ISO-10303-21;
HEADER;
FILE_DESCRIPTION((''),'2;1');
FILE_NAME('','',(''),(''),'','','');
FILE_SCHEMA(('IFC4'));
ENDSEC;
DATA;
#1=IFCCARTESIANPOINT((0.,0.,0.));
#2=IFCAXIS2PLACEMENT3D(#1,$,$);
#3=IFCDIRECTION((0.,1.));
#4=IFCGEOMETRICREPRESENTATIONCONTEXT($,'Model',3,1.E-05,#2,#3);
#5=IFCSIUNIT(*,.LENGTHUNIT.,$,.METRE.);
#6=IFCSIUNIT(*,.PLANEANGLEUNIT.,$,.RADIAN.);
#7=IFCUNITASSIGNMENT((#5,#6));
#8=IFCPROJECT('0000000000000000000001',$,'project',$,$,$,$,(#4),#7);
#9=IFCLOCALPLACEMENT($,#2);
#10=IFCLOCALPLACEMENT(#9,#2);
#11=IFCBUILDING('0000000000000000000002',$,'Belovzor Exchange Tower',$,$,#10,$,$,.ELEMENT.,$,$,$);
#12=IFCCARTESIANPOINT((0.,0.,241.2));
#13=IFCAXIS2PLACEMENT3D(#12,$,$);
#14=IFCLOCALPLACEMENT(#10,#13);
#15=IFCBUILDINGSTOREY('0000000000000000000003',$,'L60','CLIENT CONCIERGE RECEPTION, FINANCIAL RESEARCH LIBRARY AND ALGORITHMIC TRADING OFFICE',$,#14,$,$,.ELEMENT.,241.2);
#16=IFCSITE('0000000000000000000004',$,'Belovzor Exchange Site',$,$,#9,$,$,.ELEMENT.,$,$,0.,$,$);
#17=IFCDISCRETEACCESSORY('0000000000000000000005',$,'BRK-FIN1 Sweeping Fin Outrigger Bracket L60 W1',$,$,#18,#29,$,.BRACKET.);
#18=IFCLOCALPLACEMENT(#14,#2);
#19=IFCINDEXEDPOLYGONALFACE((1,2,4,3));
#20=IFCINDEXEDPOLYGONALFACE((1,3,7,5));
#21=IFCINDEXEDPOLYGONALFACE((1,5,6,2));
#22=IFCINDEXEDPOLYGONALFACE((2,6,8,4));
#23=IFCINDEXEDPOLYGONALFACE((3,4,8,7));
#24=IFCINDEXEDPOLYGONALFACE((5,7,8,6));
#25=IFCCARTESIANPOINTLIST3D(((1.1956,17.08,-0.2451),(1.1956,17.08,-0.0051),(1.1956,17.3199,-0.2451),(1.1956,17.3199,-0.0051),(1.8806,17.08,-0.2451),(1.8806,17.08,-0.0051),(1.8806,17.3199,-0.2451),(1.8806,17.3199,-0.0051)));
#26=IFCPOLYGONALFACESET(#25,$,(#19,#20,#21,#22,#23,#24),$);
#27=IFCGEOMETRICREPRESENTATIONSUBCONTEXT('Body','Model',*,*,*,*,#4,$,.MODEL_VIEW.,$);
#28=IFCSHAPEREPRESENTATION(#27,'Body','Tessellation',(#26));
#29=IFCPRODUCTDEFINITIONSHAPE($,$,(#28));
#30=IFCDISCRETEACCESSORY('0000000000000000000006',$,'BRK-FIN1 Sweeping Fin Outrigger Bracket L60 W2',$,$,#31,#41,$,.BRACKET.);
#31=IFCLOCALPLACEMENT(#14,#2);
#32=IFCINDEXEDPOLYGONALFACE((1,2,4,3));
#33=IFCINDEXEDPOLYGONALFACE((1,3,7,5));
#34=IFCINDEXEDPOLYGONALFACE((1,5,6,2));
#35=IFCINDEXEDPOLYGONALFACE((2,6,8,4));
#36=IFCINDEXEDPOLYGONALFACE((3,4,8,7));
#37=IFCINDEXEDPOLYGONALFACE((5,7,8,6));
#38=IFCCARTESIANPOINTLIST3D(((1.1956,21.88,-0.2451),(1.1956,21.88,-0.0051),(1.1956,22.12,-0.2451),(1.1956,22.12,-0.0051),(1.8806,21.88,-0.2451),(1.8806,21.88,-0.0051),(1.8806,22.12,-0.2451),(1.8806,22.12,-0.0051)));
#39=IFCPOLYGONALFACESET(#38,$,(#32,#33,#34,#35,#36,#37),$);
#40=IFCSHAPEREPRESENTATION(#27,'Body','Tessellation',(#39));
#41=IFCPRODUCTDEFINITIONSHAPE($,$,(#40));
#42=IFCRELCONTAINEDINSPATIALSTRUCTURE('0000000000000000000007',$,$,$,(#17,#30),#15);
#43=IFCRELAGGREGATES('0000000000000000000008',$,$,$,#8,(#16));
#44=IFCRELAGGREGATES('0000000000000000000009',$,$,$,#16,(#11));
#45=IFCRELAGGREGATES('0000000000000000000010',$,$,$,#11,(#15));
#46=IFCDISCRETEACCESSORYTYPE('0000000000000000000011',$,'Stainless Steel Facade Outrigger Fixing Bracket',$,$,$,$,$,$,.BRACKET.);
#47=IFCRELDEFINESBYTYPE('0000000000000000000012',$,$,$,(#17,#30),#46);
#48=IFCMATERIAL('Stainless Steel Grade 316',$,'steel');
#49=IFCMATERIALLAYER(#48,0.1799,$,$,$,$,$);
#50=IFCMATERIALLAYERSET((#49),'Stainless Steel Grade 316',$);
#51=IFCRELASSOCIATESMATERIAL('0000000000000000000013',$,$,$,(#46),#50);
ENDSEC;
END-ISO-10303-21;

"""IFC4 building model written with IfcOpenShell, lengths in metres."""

from ifc_helpers import new_model, si_unit, direction, frame, origin, origin_2d, place, context, subcontext, project, spatial, rectangle, extrude, material, layer, layer_set, type_object, element, save


model = new_model("IFC4")

# Units and contexts
model_context = context("Model", 3, precision=1e-05, world=origin(), true_north=direction((0.0, 1.0)))
body_context = subcontext(model_context, "Body", "Model", "MODEL_VIEW")
ifc_project = project(units=[si_unit("LENGTHUNIT", "METRE"), si_unit("PLANEANGLEUNIT", "RADIAN")], contexts=[model_context])

# Site, building, storey
site_placement = place(None, origin())
site = spatial("IfcSite", under=ifc_project, at=site_placement, Name="Belovzor Exchange Site", CompositionType="ELEMENT", RefElevation=0.0)
building_placement = place(site_placement, origin())
building = spatial("IfcBuilding", under=site, at=building_placement, Name="Belovzor Exchange Tower", CompositionType="ELEMENT")
storey_placement = place(building_placement, frame((0.0, 0.0, 241.2)))
storey = spatial("IfcBuildingStorey", under=building, at=storey_placement, Name="L60", Description="CLIENT CONCIERGE RECEPTION, FINANCIAL RESEARCH LIBRARY AND ALGORITHMIC TRADING OFFICE", CompositionType="ELEMENT", Elevation=241.2)

# Discrete accessories
ifc_material_1 = material(Name="Stainless Steel Grade 316", Category="steel")
ifc_layer_1 = layer(ifc_material_1, 0.1799)
ifc_layer_set_1 = layer_set([ifc_layer_1], Name="Stainless Steel Grade 316")
discrete_accessory_type = type_object("IfcDiscreteAccessoryType", Name="Stainless Steel Facade Outrigger Fixing Bracket", PredefinedType="BRACKET", material=ifc_layer_set_1)
for number, where, z_axis, x_axis, name in (
    (1, (1.5381, 17.2, -0.2451), (0.0, 0.0, 1.0), (1.0, 0.0, 0.0), "BRK-FIN1 Sweeping Fin Outrigger Bracket L60 W1"),
    (2, (1.5381, 22.0, -0.2451), (0.0, 0.0, 1.0), (1.0, 0.0, 0.0), "BRK-FIN1 Sweeping Fin Outrigger Bracket L60 W2"),
):
    element("IfcDiscreteAccessory", number, at=place(storey_placement, frame(where, z_axis=z_axis, x_axis=x_axis)), inside=storey, type_object=discrete_accessory_type, Name=name, PredefinedType="BRACKET", context=body_context, shape_type="SweptSolid", body=[
        extrude(rectangle(XDim=0.6851, YDim=0.24, at=origin_2d()), origin(), (0.0, 0.0, 1.0), 0.24),
    ])

save(model, "model.ifc")
